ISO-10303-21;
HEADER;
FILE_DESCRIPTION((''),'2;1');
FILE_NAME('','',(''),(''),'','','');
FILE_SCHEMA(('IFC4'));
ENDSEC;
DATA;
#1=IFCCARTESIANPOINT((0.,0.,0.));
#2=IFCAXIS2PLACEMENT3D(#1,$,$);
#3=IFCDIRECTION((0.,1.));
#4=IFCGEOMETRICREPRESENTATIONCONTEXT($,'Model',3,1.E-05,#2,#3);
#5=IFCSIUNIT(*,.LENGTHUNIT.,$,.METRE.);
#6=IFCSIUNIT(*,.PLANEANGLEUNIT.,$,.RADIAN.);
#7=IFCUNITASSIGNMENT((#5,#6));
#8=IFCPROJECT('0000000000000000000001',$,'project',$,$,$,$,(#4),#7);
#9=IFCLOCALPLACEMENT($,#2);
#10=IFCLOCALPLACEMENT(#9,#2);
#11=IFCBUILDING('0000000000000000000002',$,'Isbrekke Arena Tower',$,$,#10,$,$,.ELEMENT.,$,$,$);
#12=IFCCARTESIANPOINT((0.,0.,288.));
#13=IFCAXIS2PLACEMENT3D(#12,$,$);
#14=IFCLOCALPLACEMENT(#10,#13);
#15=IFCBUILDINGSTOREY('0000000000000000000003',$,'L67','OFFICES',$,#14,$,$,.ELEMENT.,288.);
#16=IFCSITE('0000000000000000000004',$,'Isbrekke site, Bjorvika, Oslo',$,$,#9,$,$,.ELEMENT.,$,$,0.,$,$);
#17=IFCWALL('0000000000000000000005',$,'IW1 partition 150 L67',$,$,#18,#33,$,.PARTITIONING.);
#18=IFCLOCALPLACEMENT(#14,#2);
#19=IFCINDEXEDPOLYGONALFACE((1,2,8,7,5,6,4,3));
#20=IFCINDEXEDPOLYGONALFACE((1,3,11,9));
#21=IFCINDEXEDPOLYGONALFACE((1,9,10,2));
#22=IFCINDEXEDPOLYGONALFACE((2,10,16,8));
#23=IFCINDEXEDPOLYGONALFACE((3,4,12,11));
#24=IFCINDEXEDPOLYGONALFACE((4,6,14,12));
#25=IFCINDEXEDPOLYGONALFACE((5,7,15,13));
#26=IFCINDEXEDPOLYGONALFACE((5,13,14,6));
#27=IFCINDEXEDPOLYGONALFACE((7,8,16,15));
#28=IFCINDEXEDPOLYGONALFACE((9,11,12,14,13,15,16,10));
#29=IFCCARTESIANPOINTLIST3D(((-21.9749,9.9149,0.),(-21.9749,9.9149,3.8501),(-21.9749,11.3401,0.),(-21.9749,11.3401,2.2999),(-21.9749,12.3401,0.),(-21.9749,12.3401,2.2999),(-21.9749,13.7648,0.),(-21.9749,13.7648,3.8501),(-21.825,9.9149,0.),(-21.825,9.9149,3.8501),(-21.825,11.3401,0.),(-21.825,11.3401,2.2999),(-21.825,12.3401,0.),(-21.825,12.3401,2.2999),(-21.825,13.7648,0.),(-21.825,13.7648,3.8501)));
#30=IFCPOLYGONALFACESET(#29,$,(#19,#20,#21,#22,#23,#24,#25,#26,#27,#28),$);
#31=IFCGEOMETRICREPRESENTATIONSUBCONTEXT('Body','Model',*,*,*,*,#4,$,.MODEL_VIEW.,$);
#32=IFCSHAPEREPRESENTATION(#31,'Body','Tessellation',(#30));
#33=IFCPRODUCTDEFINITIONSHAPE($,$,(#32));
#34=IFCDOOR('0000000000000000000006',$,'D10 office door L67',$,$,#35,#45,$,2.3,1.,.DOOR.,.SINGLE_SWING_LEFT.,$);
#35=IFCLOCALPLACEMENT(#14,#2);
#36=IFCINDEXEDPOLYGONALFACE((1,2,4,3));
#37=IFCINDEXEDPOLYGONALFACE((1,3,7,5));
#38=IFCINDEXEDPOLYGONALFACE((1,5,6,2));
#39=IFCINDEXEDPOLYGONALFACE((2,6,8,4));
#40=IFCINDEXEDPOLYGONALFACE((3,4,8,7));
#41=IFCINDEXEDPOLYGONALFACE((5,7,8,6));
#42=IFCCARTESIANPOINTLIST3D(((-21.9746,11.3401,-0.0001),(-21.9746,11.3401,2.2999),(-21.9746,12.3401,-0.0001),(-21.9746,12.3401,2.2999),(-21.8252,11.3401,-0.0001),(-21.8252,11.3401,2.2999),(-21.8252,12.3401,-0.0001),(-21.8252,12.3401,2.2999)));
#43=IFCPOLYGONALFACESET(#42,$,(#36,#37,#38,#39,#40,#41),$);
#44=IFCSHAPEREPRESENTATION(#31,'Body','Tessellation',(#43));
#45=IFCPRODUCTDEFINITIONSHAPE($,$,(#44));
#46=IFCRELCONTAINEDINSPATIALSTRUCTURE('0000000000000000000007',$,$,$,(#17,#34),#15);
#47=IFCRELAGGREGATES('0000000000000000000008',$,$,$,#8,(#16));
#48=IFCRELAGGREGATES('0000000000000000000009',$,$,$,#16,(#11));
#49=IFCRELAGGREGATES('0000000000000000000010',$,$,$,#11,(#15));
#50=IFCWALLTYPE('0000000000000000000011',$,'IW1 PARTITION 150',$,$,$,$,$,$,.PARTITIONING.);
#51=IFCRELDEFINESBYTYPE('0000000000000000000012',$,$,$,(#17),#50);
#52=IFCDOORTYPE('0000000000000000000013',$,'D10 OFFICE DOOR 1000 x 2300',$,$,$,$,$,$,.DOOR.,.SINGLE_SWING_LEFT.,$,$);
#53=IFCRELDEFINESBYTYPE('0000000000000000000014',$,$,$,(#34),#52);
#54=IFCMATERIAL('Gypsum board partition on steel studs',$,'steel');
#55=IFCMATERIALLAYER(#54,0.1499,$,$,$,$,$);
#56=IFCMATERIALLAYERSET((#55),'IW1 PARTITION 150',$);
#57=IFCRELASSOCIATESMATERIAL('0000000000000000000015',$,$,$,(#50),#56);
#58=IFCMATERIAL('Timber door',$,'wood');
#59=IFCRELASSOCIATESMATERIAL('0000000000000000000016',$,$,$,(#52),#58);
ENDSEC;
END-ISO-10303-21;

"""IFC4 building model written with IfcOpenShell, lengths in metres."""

from ifc_helpers import new_model, si_unit, direction, frame, frame_2d, origin, place, context, subcontext, project, spatial, rectangle, extrude, material, layer, layer_set, type_object, element, fill, save


model = new_model("IFC4")

# Units and contexts
model_context = context("Model", 3, precision=1e-05, world=origin(), true_north=direction((0.0, 1.0)))
body_context = subcontext(model_context, "Body", "Model", "MODEL_VIEW")
ifc_project = project(units=[si_unit("LENGTHUNIT", "METRE"), si_unit("PLANEANGLEUNIT", "RADIAN")], contexts=[model_context])

# Site, building, storey
site_placement = place(None, origin())
site = spatial("IfcSite", under=ifc_project, at=site_placement, Name="Isbrekke site, Bjorvika, Oslo", CompositionType="ELEMENT", RefElevation=0.0)
building_placement = place(site_placement, origin())
building = spatial("IfcBuilding", under=site, at=building_placement, Name="Isbrekke Arena Tower", CompositionType="ELEMENT")
storey_placement = place(building_placement, frame((0.0, 0.0, 288.0)))
storey = spatial("IfcBuildingStorey", under=building, at=storey_placement, Name="L67", Description="OFFICES", CompositionType="ELEMENT", Elevation=288.0)

# Shared definitions
ifc_material_1 = material(Name="Gypsum board partition on steel studs", Category="steel")
ifc_layer_1 = layer(ifc_material_1, 0.1499)
ifc_layer_set_1 = layer_set([ifc_layer_1], Name="IW1 PARTITION 150")
wall_type = type_object("IfcWallType", Name="IW1 PARTITION 150", PredefinedType="PARTITIONING", material=ifc_layer_set_1)

# Wall, opening, door
ifc_material_2 = material(Name="Timber door", Category="wood")
door_type = type_object("IfcDoorType", Name="D10 OFFICE DOOR 1000 x 2300", OperationType="SINGLE_SWING_LEFT", PredefinedType="DOOR", material=ifc_material_2)
wall_1_placement = place(storey_placement, frame((-21.8999, 9.915, 0.0), z_axis=(0.0, 0.0, 1.0), x_axis=(0.0, 1.0, 0.0)))
wall_1 = element("IfcWall", 1, at=wall_1_placement, inside=storey, type_object=wall_type, Name="IW1 partition 150 L67", PredefinedType="PARTITIONING", context=body_context, shape_type="SweptSolid", body=[
    extrude(rectangle(XDim=3.8499, YDim=0.1499, at=frame_2d((1.9248, 0.0))), origin(), (0.0, 0.0, 1.0), 3.8501),
])
opening_1_placement = place(wall_1_placement, frame((1.425, 0.0, 0.0)))
opening_1 = element("IfcOpeningElement", 2, at=opening_1_placement, cuts=wall_1, PredefinedType="OPENING", context=body_context, shape_type="SweptSolid", body=[
    extrude(rectangle(XDim=1.0, YDim=2.3, at=frame_2d((0.5, 1.1499))), frame((0.0, 0.0898, 0.0), z_axis=(0.0, -1.0, 0.0), x_axis=(1.0, 0.0, 0.0)), (0.0, 0.0, 1.0), 0.1797),
])
door_1_placement = place(opening_1_placement, origin())
door_1 = element("IfcDoor", 3, at=door_1_placement, inside=storey, type_object=door_type, Name="D10 office door L67", OperationType="SINGLE_SWING_LEFT", OverallHeight=2.3, OverallWidth=1.0, PredefinedType="DOOR", context=body_context, shape_type="SweptSolid", body=[
    extrude(rectangle(XDim=1.0, YDim=2.3, at=frame_2d((0.5, 1.1499))), frame((0.0, 0.0747, 0.0), z_axis=(0.0, -1.0, 0.0), x_axis=(1.0, 0.0, 0.0)), (0.0, 0.0, 1.0), 0.1494),
])
fill(opening_1, door_1)

save(model, "model.ifc")
